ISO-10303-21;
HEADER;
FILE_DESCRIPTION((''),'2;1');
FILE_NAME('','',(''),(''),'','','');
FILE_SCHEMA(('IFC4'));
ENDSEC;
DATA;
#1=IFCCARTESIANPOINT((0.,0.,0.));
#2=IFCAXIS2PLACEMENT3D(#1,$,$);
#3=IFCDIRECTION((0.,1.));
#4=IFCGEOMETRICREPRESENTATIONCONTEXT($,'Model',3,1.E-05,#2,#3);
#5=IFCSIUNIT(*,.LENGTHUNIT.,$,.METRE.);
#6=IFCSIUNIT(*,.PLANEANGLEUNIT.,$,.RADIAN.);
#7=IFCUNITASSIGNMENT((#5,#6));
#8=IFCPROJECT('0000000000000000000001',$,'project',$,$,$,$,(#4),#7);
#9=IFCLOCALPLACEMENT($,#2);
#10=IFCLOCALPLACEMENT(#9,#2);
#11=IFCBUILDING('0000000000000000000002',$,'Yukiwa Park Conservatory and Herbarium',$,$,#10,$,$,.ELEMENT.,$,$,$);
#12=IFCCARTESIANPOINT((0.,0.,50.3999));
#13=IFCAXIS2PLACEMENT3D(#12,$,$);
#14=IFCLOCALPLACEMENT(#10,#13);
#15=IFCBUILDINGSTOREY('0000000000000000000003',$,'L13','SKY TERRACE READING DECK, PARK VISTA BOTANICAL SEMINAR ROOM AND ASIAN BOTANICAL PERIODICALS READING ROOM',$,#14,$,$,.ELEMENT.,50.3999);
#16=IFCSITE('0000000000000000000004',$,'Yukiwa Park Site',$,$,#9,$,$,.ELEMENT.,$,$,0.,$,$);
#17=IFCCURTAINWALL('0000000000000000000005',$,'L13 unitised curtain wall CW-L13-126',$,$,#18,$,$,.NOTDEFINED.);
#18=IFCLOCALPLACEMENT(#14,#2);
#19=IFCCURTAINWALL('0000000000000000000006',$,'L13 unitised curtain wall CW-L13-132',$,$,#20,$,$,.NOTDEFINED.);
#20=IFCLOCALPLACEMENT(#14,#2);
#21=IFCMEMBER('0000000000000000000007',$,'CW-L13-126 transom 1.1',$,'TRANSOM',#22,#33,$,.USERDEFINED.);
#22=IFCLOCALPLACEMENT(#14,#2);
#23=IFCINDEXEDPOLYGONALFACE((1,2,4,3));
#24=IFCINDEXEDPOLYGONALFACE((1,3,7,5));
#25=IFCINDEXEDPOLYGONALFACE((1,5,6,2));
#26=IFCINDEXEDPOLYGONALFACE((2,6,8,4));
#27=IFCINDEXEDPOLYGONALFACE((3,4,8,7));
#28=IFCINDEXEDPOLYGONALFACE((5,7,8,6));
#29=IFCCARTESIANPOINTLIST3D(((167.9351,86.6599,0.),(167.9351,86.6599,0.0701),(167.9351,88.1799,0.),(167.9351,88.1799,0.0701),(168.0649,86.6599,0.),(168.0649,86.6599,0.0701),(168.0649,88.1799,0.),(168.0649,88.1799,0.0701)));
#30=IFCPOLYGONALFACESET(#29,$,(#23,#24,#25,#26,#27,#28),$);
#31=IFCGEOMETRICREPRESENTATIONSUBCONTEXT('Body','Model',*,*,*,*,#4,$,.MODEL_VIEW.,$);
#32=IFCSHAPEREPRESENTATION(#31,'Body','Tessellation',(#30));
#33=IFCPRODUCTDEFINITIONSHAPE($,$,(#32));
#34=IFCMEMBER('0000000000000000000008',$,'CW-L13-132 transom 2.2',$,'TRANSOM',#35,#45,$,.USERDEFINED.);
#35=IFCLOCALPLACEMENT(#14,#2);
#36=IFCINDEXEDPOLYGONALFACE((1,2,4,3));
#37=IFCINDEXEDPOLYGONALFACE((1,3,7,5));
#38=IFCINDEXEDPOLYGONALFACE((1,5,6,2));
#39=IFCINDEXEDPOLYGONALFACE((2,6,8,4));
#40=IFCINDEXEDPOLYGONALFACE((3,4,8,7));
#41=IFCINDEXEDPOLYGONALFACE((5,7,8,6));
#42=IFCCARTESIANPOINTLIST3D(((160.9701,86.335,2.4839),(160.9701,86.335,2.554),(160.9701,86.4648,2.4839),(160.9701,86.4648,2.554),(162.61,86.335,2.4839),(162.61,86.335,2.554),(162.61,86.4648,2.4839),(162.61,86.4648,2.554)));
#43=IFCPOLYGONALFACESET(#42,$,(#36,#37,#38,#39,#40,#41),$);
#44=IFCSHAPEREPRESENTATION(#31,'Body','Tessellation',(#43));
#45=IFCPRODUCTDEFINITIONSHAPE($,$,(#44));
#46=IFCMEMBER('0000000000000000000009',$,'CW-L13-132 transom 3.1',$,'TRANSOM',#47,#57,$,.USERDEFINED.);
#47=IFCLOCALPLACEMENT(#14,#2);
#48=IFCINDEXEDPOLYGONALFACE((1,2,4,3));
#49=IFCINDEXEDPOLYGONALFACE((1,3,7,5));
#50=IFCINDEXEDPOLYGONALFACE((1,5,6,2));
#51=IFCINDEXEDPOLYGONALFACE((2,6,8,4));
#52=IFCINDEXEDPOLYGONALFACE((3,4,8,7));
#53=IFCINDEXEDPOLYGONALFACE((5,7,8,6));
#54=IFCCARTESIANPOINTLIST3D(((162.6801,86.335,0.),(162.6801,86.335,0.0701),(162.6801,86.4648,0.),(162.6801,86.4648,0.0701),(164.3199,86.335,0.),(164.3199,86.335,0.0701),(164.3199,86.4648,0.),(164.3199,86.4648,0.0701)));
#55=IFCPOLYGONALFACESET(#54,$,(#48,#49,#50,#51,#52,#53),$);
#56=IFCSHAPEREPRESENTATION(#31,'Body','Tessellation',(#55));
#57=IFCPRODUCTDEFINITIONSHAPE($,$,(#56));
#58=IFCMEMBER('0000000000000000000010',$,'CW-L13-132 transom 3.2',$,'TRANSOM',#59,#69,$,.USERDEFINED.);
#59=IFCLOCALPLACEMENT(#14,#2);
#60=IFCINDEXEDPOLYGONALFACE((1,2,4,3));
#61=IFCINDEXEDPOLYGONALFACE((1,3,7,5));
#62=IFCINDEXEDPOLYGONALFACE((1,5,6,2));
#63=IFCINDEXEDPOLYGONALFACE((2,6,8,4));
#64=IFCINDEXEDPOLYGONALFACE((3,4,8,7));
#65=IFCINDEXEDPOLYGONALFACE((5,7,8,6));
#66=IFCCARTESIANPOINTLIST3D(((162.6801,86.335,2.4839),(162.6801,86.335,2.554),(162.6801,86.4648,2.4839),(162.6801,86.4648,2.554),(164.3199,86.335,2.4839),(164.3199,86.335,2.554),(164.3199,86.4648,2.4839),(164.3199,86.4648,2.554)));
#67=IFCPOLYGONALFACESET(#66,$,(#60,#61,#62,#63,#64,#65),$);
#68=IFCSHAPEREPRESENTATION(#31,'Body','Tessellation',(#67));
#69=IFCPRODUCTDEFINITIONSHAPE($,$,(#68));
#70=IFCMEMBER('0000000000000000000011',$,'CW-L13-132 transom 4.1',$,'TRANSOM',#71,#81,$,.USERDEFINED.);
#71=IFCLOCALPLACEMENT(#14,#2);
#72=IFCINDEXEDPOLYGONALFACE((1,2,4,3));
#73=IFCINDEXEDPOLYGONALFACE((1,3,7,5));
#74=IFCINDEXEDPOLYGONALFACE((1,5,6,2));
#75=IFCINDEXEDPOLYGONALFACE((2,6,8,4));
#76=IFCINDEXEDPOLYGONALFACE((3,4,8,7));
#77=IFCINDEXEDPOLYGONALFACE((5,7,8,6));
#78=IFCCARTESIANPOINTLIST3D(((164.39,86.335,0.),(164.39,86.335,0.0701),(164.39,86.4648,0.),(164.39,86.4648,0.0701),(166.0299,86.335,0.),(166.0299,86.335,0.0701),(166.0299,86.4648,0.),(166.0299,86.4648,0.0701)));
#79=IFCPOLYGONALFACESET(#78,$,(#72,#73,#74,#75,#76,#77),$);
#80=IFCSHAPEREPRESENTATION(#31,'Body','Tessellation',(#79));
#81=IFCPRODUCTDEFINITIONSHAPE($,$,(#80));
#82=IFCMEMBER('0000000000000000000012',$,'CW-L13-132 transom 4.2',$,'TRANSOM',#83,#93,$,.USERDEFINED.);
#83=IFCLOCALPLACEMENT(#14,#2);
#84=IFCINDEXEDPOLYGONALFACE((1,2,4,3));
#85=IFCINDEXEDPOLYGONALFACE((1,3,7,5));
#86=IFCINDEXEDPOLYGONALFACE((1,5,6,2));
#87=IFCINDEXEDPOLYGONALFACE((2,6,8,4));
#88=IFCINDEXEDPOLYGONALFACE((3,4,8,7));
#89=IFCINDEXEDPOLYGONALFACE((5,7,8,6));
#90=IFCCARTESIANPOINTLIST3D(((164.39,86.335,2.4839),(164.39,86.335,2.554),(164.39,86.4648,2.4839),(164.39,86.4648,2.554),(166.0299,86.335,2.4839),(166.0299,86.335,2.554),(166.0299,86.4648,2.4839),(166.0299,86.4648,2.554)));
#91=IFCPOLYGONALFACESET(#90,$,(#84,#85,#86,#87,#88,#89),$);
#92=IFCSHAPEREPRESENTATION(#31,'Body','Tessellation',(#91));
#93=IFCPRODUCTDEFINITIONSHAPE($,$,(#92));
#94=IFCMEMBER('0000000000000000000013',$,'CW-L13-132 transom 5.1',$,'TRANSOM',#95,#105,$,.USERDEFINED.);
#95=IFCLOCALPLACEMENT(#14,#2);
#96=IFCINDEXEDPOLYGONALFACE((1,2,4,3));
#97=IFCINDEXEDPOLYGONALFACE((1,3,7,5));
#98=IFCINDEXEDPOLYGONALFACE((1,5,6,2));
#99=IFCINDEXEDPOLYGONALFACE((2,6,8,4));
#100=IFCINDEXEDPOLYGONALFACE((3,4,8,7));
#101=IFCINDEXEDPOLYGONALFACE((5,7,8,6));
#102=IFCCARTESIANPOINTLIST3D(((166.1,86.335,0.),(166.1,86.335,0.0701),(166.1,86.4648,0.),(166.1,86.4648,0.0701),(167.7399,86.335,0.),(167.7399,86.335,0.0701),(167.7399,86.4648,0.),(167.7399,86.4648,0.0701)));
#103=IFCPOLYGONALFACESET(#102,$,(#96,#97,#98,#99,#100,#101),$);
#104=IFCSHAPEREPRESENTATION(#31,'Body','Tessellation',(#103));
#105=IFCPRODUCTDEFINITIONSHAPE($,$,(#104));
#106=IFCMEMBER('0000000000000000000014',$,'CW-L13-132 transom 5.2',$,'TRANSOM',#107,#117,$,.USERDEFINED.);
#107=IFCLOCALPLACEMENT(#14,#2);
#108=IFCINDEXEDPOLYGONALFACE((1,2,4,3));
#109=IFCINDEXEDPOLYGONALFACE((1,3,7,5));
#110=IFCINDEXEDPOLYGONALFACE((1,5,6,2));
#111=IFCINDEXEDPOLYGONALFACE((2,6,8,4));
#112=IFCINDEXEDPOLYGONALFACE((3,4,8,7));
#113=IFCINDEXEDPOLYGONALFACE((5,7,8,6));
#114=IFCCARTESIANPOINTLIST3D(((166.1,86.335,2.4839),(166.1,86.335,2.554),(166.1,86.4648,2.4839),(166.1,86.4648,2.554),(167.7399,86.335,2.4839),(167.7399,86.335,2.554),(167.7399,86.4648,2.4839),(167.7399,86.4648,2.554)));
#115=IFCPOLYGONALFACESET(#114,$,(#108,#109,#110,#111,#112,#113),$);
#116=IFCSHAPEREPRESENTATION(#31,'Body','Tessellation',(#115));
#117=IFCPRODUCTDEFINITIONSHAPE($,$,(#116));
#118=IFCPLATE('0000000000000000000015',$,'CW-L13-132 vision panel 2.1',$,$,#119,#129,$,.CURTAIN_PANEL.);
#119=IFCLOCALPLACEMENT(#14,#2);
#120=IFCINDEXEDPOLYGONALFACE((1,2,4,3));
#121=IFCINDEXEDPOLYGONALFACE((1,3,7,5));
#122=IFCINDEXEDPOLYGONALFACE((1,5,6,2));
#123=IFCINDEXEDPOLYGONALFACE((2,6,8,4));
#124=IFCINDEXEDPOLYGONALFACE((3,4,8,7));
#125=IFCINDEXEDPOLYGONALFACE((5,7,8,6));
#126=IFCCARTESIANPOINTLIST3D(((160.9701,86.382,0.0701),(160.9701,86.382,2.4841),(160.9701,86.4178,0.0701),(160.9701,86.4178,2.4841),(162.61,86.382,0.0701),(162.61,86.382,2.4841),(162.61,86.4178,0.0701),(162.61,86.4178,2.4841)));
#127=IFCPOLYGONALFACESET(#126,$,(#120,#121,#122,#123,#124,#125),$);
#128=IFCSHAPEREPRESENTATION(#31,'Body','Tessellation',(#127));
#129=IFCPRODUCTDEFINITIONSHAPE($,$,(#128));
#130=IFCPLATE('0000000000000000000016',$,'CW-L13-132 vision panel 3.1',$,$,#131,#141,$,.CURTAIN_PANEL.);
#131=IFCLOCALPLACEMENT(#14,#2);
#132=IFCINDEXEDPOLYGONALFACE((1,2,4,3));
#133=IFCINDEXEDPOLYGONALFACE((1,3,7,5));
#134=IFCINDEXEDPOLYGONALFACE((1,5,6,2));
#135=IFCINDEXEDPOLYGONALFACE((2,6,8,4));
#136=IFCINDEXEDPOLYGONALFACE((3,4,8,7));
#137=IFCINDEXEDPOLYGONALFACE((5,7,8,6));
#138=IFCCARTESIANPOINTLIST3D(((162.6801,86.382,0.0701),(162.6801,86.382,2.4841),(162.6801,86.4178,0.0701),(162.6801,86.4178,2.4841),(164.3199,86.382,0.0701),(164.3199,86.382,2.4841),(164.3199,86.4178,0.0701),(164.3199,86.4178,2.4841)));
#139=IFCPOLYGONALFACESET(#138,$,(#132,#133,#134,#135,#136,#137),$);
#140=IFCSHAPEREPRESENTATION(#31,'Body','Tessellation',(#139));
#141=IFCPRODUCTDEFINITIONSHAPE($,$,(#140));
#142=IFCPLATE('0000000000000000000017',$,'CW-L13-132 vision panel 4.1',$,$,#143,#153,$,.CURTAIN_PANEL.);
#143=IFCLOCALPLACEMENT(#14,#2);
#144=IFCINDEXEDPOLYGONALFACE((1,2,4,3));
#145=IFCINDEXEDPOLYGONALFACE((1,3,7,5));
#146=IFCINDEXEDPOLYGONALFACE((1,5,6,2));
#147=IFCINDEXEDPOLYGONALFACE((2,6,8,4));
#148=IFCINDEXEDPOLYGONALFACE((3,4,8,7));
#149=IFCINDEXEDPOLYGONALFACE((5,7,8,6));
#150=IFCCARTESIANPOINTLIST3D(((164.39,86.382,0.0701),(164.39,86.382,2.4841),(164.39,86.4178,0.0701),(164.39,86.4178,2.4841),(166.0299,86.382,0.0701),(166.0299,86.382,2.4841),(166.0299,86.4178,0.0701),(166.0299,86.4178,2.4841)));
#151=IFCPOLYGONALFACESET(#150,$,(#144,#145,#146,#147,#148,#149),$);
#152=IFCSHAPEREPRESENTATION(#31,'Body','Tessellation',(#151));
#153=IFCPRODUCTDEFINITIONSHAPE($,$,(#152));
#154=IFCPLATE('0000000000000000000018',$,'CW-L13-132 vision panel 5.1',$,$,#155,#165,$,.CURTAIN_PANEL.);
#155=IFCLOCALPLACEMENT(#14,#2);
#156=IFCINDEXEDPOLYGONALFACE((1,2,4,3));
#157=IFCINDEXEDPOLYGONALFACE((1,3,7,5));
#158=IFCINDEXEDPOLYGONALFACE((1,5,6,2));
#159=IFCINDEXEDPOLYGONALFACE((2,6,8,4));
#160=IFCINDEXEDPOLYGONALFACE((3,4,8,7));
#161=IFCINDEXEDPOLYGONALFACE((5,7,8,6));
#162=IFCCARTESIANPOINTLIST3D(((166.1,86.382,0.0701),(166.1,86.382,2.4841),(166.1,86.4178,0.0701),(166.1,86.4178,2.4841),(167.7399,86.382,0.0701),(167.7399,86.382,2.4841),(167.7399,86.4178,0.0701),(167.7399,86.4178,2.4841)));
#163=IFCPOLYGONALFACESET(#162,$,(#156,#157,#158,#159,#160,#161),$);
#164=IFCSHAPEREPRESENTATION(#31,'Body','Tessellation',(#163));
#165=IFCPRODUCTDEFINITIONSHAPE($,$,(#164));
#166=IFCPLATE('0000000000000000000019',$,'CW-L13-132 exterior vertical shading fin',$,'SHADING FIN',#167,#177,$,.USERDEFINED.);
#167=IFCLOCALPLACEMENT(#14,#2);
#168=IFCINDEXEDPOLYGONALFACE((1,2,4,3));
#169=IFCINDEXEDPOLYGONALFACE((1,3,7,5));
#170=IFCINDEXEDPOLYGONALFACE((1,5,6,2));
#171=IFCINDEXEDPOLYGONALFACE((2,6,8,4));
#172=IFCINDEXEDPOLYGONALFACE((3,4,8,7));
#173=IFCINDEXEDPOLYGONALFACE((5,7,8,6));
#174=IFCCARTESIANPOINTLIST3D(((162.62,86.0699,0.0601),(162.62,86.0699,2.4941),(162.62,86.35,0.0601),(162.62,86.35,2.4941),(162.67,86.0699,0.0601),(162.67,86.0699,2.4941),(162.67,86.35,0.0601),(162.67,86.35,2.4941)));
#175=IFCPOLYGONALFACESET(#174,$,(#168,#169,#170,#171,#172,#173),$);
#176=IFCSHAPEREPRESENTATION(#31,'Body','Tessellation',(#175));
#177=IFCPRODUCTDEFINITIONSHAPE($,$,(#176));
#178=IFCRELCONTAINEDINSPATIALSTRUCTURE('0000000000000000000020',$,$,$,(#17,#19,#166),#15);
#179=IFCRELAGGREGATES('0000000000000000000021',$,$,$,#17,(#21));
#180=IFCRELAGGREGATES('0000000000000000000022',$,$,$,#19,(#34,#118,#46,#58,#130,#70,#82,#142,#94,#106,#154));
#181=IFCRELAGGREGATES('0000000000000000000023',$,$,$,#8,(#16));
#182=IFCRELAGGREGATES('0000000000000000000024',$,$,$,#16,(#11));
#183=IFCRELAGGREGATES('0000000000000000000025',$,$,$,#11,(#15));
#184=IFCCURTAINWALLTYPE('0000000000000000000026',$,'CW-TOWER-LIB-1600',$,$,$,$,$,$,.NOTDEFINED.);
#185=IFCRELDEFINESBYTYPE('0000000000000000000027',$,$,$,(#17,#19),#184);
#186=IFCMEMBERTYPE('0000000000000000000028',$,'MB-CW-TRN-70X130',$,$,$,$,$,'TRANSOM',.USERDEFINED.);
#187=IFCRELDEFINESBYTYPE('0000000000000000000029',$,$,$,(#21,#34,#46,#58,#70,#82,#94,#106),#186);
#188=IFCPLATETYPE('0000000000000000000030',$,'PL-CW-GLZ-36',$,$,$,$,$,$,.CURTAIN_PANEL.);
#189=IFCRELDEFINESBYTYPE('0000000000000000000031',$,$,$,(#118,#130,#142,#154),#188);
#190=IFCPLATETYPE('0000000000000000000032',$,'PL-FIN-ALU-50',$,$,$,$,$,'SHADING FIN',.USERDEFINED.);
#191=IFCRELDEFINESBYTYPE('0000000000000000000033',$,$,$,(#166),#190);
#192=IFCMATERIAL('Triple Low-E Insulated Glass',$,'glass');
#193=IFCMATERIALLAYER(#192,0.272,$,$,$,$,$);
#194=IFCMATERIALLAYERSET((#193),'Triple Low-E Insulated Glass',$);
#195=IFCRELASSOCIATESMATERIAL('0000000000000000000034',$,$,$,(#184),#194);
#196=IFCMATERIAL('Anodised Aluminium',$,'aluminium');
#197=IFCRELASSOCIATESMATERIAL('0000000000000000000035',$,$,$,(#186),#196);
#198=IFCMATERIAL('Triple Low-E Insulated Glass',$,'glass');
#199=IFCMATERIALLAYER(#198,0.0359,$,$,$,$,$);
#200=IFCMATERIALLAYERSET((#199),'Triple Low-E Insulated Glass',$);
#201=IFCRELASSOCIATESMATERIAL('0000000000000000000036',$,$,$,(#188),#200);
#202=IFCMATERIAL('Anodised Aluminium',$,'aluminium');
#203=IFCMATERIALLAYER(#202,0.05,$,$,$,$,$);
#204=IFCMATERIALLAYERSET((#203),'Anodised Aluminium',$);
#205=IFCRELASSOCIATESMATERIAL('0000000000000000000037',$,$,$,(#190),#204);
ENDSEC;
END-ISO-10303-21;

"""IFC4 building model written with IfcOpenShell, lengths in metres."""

from ifc_helpers import new_model, si_unit, direction, frame, origin, origin_2d, place, context, subcontext, project, spatial, rectangle, extrude, material, layer, layer_set, type_object, element, aggregate, save


model = new_model("IFC4")

# Units and contexts
model_context = context("Model", 3, precision=1e-05, world=origin(), true_north=direction((0.0, 1.0)))
body_context = subcontext(model_context, "Body", "Model", "MODEL_VIEW")
ifc_project = project(units=[si_unit("LENGTHUNIT", "METRE"), si_unit("PLANEANGLEUNIT", "RADIAN")], contexts=[model_context])

# Site, building, storey
site_placement = place(None, origin())
site = spatial("IfcSite", under=ifc_project, at=site_placement, Name="Yukiwa Park Site", CompositionType="ELEMENT", RefElevation=0.0)
building_placement = place(site_placement, origin())
building = spatial("IfcBuilding", under=site, at=building_placement, Name="Yukiwa Park Conservatory and Herbarium", CompositionType="ELEMENT")
storey_placement = place(building_placement, frame((0.0, 0.0, 50.3999)))
storey = spatial("IfcBuildingStorey", under=building, at=storey_placement, Name="L13", Description="SKY TERRACE READING DECK, PARK VISTA BOTANICAL SEMINAR ROOM AND ASIAN BOTANICAL PERIODICALS READING ROOM", CompositionType="ELEMENT", Elevation=50.3999)

# Curtain wall
ifc_material_1 = material(Name="Triple Low-E Insulated Glass", Category="glass")
ifc_layer_1 = layer(ifc_material_1, 0.272)
ifc_layer_set_1 = layer_set([ifc_layer_1], Name="Triple Low-E Insulated Glass")
curtain_wall_type = type_object("IfcCurtainWallType", Name="CW-TOWER-LIB-1600", PredefinedType="NOTDEFINED", material=ifc_layer_set_1)
curtain_wall_1_placement = place(storey_placement, origin())
curtain_wall_1 = element("IfcCurtainWall", 1, at=curtain_wall_1_placement, inside=storey, type_object=curtain_wall_type, Name="L13 unitised curtain wall CW-L13-126", PredefinedType="NOTDEFINED")

# Curtain wall
curtain_wall_2_placement = place(storey_placement, origin())
curtain_wall_2 = element("IfcCurtainWall", 2, at=curtain_wall_2_placement, inside=storey, type_object=curtain_wall_type, Name="L13 unitised curtain wall CW-L13-132", PredefinedType="NOTDEFINED")

# Members
ifc_material_2 = material(Name="Anodised Aluminium", Category="aluminium")
member_type_1 = type_object("IfcMemberType", Name="MB-CW-TRN-70X130", ElementType="TRANSOM", PredefinedType="USERDEFINED", material=ifc_material_2)
member_1_placement = place(storey_placement, frame((168.0, 87.4199, 0.0), z_axis=(0.0, 0.0, 1.0), x_axis=(0.0, 1.0, 0.0)))
member_1 = element("IfcMember", 3, at=member_1_placement, type_object=member_type_1, Name="CW-L13-126 transom 1.1", ObjectType="TRANSOM", PredefinedType="USERDEFINED", context=body_context, shape_type="SweptSolid", body=[
    extrude(rectangle(XDim=1.52, YDim=0.1299, at=origin_2d()), origin(), (0.0, 0.0, 1.0), 0.0701),
])
aggregate(curtain_wall_1, [member_1])
member_2_placement = place(storey_placement, frame((161.79, 86.3999, 2.4839), z_axis=(0.0, 0.0, 1.0), x_axis=(1.0, 0.0, 0.0)))
member_2 = element("IfcMember", 4, at=member_2_placement, type_object=member_type_1, Name="CW-L13-132 transom 2.2", ObjectType="TRANSOM", PredefinedType="USERDEFINED", context=body_context, shape_type="SweptSolid", body=[
    extrude(rectangle(XDim=1.6399, YDim=0.1299, at=origin_2d()), origin(), (0.0, 0.0, 1.0), 0.0701),
])
member_3_placement = place(storey_placement, frame((163.5, 86.3999, 0.0), z_axis=(0.0, 0.0, 1.0), x_axis=(1.0, 0.0, 0.0)))
member_3 = element("IfcMember", 5, at=member_3_placement, type_object=member_type_1, Name="CW-L13-132 transom 3.1", ObjectType="TRANSOM", PredefinedType="USERDEFINED", context=body_context, shape_type="SweptSolid", body=[
    extrude(rectangle(XDim=1.6399, YDim=0.1299, at=origin_2d()), origin(), (0.0, 0.0, 1.0), 0.0701),
])
member_4_placement = place(storey_placement, frame((163.5, 86.3999, 2.4839), z_axis=(0.0, 0.0, 1.0), x_axis=(1.0, 0.0, 0.0)))
member_4 = element("IfcMember", 6, at=member_4_placement, type_object=member_type_1, Name="CW-L13-132 transom 3.2", ObjectType="TRANSOM", PredefinedType="USERDEFINED", context=body_context, shape_type="SweptSolid", body=[
    extrude(rectangle(XDim=1.6399, YDim=0.1299, at=origin_2d()), origin(), (0.0, 0.0, 1.0), 0.0701),
])
member_5_placement = place(storey_placement, frame((165.21, 86.3999, 0.0), z_axis=(0.0, 0.0, 1.0), x_axis=(1.0, 0.0, 0.0)))
member_5 = element("IfcMember", 7, at=member_5_placement, type_object=member_type_1, Name="CW-L13-132 transom 4.1", ObjectType="TRANSOM", PredefinedType="USERDEFINED", context=body_context, shape_type="SweptSolid", body=[
    extrude(rectangle(XDim=1.6399, YDim=0.1299, at=origin_2d()), origin(), (0.0, 0.0, 1.0), 0.0701),
])
member_6_placement = place(storey_placement, frame((165.21, 86.3999, 2.4839), z_axis=(0.0, 0.0, 1.0), x_axis=(1.0, 0.0, 0.0)))
member_6 = element("IfcMember", 8, at=member_6_placement, type_object=member_type_1, Name="CW-L13-132 transom 4.2", ObjectType="TRANSOM", PredefinedType="USERDEFINED", context=body_context, shape_type="SweptSolid", body=[
    extrude(rectangle(XDim=1.6399, YDim=0.1299, at=origin_2d()), origin(), (0.0, 0.0, 1.0), 0.0701),
])
member_7_placement = place(storey_placement, frame((166.9199, 86.3999, 0.0), z_axis=(0.0, 0.0, 1.0), x_axis=(1.0, 0.0, 0.0)))
member_7 = element("IfcMember", 9, at=member_7_placement, type_object=member_type_1, Name="CW-L13-132 transom 5.1", ObjectType="TRANSOM", PredefinedType="USERDEFINED", context=body_context, shape_type="SweptSolid", body=[
    extrude(rectangle(XDim=1.6399, YDim=0.1299, at=origin_2d()), origin(), (0.0, 0.0, 1.0), 0.0701),
])
member_8_placement = place(storey_placement, frame((166.9199, 86.3999, 2.4839), z_axis=(0.0, 0.0, 1.0), x_axis=(1.0, 0.0, 0.0)))
member_8 = element("IfcMember", 10, at=member_8_placement, type_object=member_type_1, Name="CW-L13-132 transom 5.2", ObjectType="TRANSOM", PredefinedType="USERDEFINED", context=body_context, shape_type="SweptSolid", body=[
    extrude(rectangle(XDim=1.6399, YDim=0.1299, at=origin_2d()), origin(), (0.0, 0.0, 1.0), 0.0701),
])

# Plates
ifc_material_3 = material(Name="Triple Low-E Insulated Glass", Category="glass")
ifc_layer_2 = layer(ifc_material_3, 0.0359)
ifc_layer_set_2 = layer_set([ifc_layer_2], Name="Triple Low-E Insulated Glass")
plate_type_1 = type_object("IfcPlateType", Name="PL-CW-GLZ-36", PredefinedType="CURTAIN_PANEL", material=ifc_layer_set_2)
plate_1_placement = place(storey_placement, frame((161.79, 86.3999, 0.0701), z_axis=(0.0, 0.0, 1.0), x_axis=(1.0, 0.0, 0.0)))
plate_1 = element("IfcPlate", 11, at=plate_1_placement, type_object=plate_type_1, Name="CW-L13-132 vision panel 2.1", PredefinedType="CURTAIN_PANEL", context=body_context, shape_type="SweptSolid", body=[
    extrude(rectangle(XDim=1.6399, YDim=0.0359, at=origin_2d()), origin(), (0.0, 0.0, 1.0), 2.4141),
])
plate_2_placement = place(storey_placement, frame((163.5, 86.3999, 0.0701), z_axis=(0.0, 0.0, 1.0), x_axis=(1.0, 0.0, 0.0)))
plate_2 = element("IfcPlate", 12, at=plate_2_placement, type_object=plate_type_1, Name="CW-L13-132 vision panel 3.1", PredefinedType="CURTAIN_PANEL", context=body_context, shape_type="SweptSolid", body=[
    extrude(rectangle(XDim=1.6399, YDim=0.0359, at=origin_2d()), origin(), (0.0, 0.0, 1.0), 2.4141),
])
plate_3_placement = place(storey_placement, frame((165.21, 86.3999, 0.0701), z_axis=(0.0, 0.0, 1.0), x_axis=(1.0, 0.0, 0.0)))
plate_3 = element("IfcPlate", 13, at=plate_3_placement, type_object=plate_type_1, Name="CW-L13-132 vision panel 4.1", PredefinedType="CURTAIN_PANEL", context=body_context, shape_type="SweptSolid", body=[
    extrude(rectangle(XDim=1.6399, YDim=0.0359, at=origin_2d()), origin(), (0.0, 0.0, 1.0), 2.4141),
])
plate_4_placement = place(storey_placement, frame((166.9199, 86.3999, 0.0701), z_axis=(0.0, 0.0, 1.0), x_axis=(1.0, 0.0, 0.0)))
plate_4 = element("IfcPlate", 14, at=plate_4_placement, type_object=plate_type_1, Name="CW-L13-132 vision panel 5.1", PredefinedType="CURTAIN_PANEL", context=body_context, shape_type="SweptSolid", body=[
    extrude(rectangle(XDim=1.6399, YDim=0.0359, at=origin_2d()), origin(), (0.0, 0.0, 1.0), 2.4141),
])
aggregate(curtain_wall_2, [member_2, plate_1, member_3, member_4, plate_2, member_5, member_6, plate_3, member_7, member_8, plate_4])
ifc_material_4 = material(Name="Anodised Aluminium", Category="aluminium")
ifc_layer_3 = layer(ifc_material_4, 0.05)
ifc_layer_set_3 = layer_set([ifc_layer_3], Name="Anodised Aluminium")
plate_type_2 = type_object("IfcPlateType", Name="PL-FIN-ALU-50", ElementType="SHADING FIN", PredefinedType="USERDEFINED", material=ifc_layer_set_3)
plate_5_placement = place(storey_placement, frame((162.645, 86.21, 0.0601), z_axis=(0.0, 0.0, 1.0), x_axis=(1.0, 0.0, 0.0)))
element("IfcPlate", 15, at=plate_5_placement, inside=storey, type_object=plate_type_2, Name="CW-L13-132 exterior vertical shading fin", ObjectType="SHADING FIN", PredefinedType="USERDEFINED", context=body_context, shape_type="SweptSolid", body=[
    extrude(rectangle(XDim=0.05, YDim=0.28, at=origin_2d()), origin(), (0.0, 0.0, 1.0), 2.4341),
])

save(model, "model.ifc")
